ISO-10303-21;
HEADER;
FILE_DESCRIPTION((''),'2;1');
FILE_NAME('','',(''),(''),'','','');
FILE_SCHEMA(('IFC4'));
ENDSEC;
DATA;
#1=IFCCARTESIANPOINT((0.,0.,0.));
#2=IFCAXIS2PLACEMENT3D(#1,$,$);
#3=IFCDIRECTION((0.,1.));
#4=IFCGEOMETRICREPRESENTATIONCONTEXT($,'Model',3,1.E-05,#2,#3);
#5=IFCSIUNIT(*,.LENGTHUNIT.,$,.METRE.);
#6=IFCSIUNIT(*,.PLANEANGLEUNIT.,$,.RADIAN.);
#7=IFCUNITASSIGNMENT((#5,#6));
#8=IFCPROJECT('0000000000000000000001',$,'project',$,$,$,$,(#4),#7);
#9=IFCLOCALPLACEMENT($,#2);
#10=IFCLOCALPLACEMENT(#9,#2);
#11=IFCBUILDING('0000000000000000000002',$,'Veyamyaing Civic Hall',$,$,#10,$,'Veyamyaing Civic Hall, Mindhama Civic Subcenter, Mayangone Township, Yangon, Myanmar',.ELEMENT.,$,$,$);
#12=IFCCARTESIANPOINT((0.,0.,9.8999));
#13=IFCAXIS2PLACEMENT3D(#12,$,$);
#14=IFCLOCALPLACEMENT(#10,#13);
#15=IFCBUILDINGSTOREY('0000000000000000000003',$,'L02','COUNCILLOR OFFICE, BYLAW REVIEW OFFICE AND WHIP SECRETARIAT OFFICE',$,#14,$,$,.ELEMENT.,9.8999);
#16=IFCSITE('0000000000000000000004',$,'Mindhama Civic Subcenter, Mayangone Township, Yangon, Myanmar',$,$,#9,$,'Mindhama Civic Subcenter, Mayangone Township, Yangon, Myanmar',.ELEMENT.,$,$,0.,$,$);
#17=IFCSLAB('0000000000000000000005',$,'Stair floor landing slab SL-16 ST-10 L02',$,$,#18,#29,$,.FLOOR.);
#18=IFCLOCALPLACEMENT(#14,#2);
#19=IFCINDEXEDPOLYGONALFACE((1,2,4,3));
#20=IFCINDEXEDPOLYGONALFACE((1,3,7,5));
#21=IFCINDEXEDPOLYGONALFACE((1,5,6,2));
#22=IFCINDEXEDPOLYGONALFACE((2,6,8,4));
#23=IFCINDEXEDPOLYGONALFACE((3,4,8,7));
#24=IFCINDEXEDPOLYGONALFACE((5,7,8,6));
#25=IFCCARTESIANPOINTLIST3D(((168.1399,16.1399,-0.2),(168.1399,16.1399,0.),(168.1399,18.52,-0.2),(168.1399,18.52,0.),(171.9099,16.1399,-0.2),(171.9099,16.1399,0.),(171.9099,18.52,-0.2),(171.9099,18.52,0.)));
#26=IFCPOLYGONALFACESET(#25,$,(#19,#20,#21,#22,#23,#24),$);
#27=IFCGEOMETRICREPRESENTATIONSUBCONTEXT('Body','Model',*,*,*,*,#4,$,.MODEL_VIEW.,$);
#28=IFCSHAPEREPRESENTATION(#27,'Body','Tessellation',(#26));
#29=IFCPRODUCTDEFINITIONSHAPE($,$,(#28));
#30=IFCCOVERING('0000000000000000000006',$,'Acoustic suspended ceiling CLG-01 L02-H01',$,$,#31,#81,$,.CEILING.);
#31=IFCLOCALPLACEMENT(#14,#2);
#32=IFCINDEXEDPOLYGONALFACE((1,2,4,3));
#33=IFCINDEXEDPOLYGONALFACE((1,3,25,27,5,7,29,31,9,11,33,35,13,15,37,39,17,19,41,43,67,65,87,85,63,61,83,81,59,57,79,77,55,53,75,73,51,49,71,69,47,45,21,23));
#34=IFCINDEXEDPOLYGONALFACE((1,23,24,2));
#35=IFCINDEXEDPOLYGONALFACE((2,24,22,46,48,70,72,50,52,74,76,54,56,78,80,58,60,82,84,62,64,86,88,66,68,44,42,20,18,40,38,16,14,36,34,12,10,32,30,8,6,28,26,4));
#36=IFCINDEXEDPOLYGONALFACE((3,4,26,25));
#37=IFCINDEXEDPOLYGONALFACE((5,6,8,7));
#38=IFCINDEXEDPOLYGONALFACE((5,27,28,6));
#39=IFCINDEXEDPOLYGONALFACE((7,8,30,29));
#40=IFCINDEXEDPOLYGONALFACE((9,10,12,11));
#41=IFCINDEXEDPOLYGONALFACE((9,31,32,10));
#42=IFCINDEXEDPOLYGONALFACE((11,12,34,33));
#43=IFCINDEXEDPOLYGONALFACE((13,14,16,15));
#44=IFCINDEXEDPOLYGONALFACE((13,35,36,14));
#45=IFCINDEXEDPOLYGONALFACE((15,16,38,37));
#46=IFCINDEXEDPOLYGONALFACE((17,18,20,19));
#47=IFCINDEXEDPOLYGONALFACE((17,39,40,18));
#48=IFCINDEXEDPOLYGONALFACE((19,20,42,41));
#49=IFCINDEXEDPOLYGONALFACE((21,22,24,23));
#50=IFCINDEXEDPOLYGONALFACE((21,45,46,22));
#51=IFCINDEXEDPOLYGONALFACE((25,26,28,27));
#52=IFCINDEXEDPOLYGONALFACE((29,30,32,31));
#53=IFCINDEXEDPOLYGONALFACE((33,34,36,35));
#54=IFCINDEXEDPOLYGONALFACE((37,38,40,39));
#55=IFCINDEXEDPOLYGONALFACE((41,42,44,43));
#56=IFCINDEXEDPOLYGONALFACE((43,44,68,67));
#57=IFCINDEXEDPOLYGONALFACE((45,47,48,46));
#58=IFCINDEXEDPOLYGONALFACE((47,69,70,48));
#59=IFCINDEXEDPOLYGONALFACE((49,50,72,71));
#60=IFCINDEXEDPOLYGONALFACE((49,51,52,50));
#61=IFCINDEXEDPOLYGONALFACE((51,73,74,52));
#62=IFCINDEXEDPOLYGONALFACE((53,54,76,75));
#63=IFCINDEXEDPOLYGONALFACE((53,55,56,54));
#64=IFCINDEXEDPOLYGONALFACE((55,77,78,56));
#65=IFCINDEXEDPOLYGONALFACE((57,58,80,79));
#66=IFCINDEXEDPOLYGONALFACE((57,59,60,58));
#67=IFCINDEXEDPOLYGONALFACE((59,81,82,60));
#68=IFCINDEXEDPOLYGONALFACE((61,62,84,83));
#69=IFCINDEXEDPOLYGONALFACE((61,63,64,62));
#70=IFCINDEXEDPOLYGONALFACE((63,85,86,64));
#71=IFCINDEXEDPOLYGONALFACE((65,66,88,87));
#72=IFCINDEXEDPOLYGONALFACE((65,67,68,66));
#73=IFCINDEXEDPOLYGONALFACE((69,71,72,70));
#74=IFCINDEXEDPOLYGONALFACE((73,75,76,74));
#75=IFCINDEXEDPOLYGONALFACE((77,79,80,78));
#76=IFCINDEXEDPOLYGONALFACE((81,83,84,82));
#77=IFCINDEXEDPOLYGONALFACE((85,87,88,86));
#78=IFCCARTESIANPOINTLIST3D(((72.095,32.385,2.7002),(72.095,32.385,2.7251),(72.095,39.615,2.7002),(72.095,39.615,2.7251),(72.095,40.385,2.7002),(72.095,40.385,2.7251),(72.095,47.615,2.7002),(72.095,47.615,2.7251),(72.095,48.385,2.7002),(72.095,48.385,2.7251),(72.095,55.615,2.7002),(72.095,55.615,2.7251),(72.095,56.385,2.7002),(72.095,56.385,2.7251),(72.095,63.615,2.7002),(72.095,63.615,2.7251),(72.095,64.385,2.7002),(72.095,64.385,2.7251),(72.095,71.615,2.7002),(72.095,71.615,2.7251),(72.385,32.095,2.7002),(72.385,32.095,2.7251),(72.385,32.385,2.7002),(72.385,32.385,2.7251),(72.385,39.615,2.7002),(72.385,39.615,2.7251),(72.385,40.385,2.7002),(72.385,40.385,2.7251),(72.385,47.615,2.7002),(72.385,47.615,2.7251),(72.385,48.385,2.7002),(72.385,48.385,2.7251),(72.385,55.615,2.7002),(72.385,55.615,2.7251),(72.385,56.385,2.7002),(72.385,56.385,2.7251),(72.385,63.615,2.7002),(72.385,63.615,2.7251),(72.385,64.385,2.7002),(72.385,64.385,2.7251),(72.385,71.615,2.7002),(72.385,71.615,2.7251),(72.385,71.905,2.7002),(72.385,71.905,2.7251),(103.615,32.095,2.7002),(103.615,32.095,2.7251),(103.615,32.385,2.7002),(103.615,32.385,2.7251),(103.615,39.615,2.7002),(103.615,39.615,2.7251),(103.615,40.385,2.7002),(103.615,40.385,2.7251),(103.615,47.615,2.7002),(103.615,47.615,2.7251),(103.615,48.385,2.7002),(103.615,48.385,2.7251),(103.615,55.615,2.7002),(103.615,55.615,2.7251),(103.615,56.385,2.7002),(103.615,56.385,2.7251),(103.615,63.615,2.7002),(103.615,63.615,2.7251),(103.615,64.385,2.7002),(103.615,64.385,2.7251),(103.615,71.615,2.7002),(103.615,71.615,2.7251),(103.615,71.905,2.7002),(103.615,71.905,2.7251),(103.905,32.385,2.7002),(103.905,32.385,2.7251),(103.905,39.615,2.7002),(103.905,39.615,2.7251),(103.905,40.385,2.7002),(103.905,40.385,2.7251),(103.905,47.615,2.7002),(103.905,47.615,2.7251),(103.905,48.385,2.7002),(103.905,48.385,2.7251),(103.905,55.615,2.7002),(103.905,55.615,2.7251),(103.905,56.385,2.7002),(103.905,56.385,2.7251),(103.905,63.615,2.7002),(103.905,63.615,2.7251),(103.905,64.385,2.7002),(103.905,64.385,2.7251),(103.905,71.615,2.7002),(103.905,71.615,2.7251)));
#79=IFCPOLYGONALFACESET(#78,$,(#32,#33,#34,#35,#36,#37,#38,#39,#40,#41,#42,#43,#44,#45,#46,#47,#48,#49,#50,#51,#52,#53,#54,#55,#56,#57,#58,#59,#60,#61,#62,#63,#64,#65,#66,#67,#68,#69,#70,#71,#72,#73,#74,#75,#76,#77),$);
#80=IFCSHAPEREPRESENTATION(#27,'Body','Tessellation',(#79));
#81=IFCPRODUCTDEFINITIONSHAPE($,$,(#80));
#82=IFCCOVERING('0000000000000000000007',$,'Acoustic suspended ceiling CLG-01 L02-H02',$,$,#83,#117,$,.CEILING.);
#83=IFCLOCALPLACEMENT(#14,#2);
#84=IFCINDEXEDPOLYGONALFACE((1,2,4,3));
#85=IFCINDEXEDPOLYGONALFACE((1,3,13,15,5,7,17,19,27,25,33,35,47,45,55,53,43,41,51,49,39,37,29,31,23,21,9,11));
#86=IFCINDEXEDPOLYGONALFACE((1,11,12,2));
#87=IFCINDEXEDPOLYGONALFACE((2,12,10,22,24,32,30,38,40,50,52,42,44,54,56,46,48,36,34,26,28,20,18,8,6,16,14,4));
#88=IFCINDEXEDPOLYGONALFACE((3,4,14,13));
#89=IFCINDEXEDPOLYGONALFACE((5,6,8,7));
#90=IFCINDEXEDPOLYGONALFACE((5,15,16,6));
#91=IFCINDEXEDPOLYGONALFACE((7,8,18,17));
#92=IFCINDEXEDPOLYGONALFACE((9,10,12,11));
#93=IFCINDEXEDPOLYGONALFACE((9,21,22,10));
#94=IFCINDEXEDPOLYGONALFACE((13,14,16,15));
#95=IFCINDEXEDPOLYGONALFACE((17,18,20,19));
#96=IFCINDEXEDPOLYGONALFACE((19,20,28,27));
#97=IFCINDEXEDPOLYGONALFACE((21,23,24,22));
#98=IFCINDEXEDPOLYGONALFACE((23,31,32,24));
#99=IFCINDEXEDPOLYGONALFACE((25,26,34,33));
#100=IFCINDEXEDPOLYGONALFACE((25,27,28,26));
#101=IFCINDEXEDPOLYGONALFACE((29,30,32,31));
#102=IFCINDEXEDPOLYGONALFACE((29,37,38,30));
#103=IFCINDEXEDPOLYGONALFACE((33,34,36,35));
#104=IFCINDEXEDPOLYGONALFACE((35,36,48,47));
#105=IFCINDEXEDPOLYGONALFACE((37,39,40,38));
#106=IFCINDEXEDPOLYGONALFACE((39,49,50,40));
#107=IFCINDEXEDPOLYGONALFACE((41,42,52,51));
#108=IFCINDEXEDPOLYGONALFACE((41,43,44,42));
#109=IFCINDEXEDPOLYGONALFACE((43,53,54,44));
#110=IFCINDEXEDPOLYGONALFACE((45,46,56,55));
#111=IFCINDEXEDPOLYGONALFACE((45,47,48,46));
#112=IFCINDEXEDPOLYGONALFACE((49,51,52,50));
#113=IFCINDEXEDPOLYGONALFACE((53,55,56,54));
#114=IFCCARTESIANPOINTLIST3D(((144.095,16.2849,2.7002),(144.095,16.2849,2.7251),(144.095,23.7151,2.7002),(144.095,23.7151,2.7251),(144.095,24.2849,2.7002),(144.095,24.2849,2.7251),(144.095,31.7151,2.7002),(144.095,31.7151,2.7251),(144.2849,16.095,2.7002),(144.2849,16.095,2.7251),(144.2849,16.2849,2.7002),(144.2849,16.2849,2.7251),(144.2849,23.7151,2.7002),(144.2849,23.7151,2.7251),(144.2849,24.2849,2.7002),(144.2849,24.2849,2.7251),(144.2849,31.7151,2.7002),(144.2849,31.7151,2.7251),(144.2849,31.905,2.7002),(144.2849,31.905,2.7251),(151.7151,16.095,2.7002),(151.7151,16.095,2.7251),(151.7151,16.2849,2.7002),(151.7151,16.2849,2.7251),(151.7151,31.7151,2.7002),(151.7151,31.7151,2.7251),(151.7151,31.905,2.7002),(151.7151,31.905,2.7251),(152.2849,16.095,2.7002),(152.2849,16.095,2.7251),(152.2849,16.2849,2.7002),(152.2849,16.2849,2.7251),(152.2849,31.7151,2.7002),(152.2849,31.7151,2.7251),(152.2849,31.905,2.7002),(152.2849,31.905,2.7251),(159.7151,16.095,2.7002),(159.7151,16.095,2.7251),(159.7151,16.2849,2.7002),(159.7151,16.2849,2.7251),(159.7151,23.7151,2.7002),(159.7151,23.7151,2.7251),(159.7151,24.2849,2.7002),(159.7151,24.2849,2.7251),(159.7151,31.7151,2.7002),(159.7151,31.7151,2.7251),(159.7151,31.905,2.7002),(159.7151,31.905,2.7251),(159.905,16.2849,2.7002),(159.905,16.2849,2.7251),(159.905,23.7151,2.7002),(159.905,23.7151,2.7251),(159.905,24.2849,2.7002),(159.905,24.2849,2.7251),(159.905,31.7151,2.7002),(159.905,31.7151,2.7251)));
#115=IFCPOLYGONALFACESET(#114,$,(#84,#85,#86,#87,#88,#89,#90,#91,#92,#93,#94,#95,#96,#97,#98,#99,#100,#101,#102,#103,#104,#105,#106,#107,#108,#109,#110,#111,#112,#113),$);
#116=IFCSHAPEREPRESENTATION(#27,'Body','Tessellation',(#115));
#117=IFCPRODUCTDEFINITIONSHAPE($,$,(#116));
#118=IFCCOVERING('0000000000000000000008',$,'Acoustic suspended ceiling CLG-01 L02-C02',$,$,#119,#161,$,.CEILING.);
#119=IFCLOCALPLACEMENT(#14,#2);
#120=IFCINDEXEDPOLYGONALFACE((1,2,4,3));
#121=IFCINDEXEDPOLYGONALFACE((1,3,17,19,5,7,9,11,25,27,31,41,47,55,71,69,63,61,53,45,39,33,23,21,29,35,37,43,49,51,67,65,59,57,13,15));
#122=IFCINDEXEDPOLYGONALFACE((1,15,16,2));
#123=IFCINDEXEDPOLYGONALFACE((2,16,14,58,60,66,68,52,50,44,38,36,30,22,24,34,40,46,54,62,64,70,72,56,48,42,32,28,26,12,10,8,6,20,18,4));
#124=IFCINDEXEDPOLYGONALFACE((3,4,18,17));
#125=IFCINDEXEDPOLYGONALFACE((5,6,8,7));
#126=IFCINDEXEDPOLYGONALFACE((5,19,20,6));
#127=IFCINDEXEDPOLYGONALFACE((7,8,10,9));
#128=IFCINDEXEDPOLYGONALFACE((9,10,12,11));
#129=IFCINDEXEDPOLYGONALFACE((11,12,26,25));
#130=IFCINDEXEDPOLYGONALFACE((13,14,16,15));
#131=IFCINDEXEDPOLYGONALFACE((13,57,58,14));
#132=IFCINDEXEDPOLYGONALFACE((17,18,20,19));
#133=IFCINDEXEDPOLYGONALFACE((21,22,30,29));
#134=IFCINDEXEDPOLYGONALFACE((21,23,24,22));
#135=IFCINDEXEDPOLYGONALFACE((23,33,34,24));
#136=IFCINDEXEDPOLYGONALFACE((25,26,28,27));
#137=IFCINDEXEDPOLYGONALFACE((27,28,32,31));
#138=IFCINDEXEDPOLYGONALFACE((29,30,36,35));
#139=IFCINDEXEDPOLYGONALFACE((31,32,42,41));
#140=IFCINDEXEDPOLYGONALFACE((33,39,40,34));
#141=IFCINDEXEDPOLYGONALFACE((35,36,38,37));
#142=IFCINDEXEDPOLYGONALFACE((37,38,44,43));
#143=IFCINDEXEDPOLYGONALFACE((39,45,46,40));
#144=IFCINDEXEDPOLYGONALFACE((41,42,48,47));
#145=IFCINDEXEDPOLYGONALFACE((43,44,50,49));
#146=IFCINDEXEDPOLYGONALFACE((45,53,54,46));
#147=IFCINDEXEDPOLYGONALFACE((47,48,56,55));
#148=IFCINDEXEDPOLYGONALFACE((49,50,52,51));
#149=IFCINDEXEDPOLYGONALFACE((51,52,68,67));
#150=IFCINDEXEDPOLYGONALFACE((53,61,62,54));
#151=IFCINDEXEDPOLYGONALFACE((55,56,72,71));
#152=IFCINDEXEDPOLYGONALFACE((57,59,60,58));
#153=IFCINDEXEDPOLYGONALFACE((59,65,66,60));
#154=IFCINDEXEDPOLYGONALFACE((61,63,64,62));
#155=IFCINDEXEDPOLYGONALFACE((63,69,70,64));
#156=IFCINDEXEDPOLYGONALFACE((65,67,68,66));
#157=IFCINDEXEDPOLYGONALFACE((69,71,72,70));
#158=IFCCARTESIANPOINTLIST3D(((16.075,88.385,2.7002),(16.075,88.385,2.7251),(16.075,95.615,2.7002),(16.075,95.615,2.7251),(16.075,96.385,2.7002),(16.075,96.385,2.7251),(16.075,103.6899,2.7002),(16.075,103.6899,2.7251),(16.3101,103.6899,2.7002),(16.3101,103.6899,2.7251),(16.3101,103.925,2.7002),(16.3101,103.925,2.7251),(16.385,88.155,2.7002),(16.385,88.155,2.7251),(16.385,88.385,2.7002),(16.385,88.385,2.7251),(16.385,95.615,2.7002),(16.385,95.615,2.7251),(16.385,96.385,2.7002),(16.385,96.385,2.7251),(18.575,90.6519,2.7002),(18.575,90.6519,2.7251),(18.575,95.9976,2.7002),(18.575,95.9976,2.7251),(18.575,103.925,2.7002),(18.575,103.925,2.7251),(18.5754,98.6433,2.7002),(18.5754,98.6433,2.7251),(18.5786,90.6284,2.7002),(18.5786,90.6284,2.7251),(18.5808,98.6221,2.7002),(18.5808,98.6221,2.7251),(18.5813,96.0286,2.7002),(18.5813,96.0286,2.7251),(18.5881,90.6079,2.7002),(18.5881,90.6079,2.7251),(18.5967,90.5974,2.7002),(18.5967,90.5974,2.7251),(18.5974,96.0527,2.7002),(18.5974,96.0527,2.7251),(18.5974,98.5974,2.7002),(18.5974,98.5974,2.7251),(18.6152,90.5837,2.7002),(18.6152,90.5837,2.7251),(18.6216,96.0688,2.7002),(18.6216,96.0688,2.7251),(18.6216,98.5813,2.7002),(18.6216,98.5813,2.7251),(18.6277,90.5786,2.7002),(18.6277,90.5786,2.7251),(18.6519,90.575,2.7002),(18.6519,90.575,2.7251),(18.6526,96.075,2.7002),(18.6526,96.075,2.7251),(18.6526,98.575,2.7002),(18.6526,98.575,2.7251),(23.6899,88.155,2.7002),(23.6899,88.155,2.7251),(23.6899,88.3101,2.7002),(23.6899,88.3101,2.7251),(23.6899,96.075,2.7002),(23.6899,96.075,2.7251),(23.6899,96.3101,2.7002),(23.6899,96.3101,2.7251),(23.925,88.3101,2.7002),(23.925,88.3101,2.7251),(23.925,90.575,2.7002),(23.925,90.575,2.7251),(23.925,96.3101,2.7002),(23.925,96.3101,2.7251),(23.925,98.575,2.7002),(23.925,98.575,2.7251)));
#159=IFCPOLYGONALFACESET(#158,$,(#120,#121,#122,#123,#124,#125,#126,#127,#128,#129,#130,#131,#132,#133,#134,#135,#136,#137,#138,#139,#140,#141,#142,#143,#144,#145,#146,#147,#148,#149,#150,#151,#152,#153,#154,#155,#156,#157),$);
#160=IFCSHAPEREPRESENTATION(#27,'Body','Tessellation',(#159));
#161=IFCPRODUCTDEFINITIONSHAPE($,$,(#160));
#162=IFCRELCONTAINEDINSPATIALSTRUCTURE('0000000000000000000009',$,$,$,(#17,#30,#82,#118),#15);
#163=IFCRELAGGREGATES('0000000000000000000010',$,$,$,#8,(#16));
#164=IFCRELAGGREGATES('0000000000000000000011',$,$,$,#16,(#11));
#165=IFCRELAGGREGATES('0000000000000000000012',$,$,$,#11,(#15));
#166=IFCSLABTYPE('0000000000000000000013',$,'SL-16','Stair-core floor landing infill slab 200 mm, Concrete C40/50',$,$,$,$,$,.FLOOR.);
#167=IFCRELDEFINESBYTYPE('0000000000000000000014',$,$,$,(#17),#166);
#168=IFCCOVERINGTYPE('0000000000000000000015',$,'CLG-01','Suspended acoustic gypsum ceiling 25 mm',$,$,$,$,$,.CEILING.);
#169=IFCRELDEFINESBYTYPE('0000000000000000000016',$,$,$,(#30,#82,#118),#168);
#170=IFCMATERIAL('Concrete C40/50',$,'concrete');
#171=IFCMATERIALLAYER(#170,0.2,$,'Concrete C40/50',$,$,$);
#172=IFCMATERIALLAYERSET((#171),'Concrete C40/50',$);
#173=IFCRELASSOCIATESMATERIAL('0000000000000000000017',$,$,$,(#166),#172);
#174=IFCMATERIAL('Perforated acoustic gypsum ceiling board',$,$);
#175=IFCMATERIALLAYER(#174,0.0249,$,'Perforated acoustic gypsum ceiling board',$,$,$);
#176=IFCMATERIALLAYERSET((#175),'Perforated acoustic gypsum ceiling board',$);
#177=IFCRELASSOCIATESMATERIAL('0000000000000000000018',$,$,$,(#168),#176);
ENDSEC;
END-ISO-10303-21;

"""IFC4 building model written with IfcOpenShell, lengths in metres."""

from ifc_helpers import new_model, si_unit, direction, frame, origin, place, context, subcontext, project, spatial, polyline, outline, extrude, material, layer, layer_set, type_object, element, save


model = new_model("IFC4")

# Units and contexts
model_context = context("Model", 3, precision=1e-05, world=origin(), true_north=direction((0.0, 1.0)))
body_context = subcontext(model_context, "Body", "Model", "MODEL_VIEW")
ifc_project = project(units=[si_unit("LENGTHUNIT", "METRE"), si_unit("PLANEANGLEUNIT", "RADIAN")], contexts=[model_context])

# Site, building, storey
site_placement = place(None, origin())
site = spatial("IfcSite", under=ifc_project, at=site_placement, Name="Mindhama Civic Subcenter, Mayangone Township, Yangon, Myanmar", LongName="Mindhama Civic Subcenter, Mayangone Township, Yangon, Myanmar", CompositionType="ELEMENT", RefElevation=0.0)
building_placement = place(site_placement, origin())
building = spatial("IfcBuilding", under=site, at=building_placement, Name="Veyamyaing Civic Hall", LongName="Veyamyaing Civic Hall, Mindhama Civic Subcenter, Mayangone Township, Yangon, Myanmar", CompositionType="ELEMENT")
storey_placement = place(building_placement, frame((0.0, 0.0, 9.8999)))
storey = spatial("IfcBuildingStorey", under=building, at=storey_placement, Name="L02", Description="COUNCILLOR OFFICE, BYLAW REVIEW OFFICE AND WHIP SECRETARIAT OFFICE", CompositionType="ELEMENT", Elevation=9.8999)

# Slab
ifc_material_1 = material(Name="Concrete C40/50", Category="concrete")
ifc_layer_1 = layer(ifc_material_1, 0.2, Name="Concrete C40/50")
ifc_layer_set_1 = layer_set([ifc_layer_1], Name="Concrete C40/50")
slab_type = type_object("IfcSlabType", Name="SL-16", Description="Stair-core floor landing infill slab 200 mm, Concrete C40/50", PredefinedType="FLOOR", material=ifc_layer_set_1)
slab_placement = place(storey_placement, frame((0.0, 0.0, -0.2)))
element("IfcSlab", 1, at=slab_placement, inside=storey, type_object=slab_type, Name="Stair floor landing slab SL-16 ST-10 L02", PredefinedType="FLOOR", context=body_context, shape_type="SweptSolid", body=[
    extrude(outline(polyline([(168.1399, 16.1399), (171.9099, 16.1399), (171.9099, 18.52), (168.1399, 18.52), (168.1399, 16.1399)])), origin(), (0.0, 0.0, 1.0), 0.2),
])

# Coverings
ifc_material_2 = material(Name="Perforated acoustic gypsum ceiling board")
ifc_layer_2 = layer(ifc_material_2, 0.0249, Name="Perforated acoustic gypsum ceiling board")
ifc_layer_set_2 = layer_set([ifc_layer_2], Name="Perforated acoustic gypsum ceiling board")
covering_type_1 = type_object("IfcCoveringType", Name="CLG-01", Description="Suspended acoustic gypsum ceiling 25 mm", PredefinedType="CEILING", material=ifc_layer_set_2)
covering_1_placement = place(storey_placement, frame((0.0, 0.0, 2.7002)))
element("IfcCovering", 2, at=covering_1_placement, inside=storey, type_object=covering_type_1, Name="Acoustic suspended ceiling CLG-01 L02-H01", PredefinedType="CEILING", context=body_context, shape_type="SweptSolid", body=[
    extrude(outline(polyline([(103.615, 63.615), (103.905, 63.615), (103.905, 56.385), (103.615, 56.385), (103.615, 55.615), (103.905, 55.615), (103.905, 48.385), (103.615, 48.385), (103.615, 47.615), (103.905, 47.615), (103.905, 40.385), (103.615, 40.385), (103.615, 39.615), (103.905, 39.615), (103.905, 32.385), (103.615, 32.385), (103.615, 32.095), (72.385, 32.095), (72.385, 32.385), (72.095, 32.385), (72.095, 39.615), (72.385, 39.615), (72.385, 40.385), (72.095, 40.385), (72.095, 47.615), (72.385, 47.615), (72.385, 48.385), (72.095, 48.385), (72.095, 55.615), (72.385, 55.615), (72.385, 56.385), (72.095, 56.385), (72.095, 63.615), (72.385, 63.615), (72.385, 64.385), (72.095, 64.385), (72.095, 71.615), (72.385, 71.615), (72.385, 71.905), (103.615, 71.905), (103.615, 71.615), (103.905, 71.615), (103.905, 64.385), (103.615, 64.385), (103.615, 63.615)])), origin(), (0.0, 0.0, 1.0), 0.0249),
])
covering_2_placement = place(storey_placement, frame((0.0, 0.0, 2.7002)))
element("IfcCovering", 3, at=covering_2_placement, inside=storey, type_object=covering_type_1, Name="Acoustic suspended ceiling CLG-01 L02-H02", PredefinedType="CEILING", context=body_context, shape_type="SweptSolid", body=[
    extrude(outline(polyline([(159.7151, 23.7151), (159.905, 23.7151), (159.905, 16.2849), (159.7151, 16.2849), (159.7151, 16.095), (152.2849, 16.095), (152.2849, 16.2849), (151.7151, 16.2849), (151.7151, 16.095), (144.2849, 16.095), (144.2849, 16.2849), (144.095, 16.2849), (144.095, 23.7151), (144.2849, 23.7151), (144.2849, 24.2849), (144.095, 24.2849), (144.095, 31.7151), (144.2849, 31.7151), (144.2849, 31.905), (151.7151, 31.905), (151.7151, 31.7151), (152.2849, 31.7151), (152.2849, 31.905), (159.7151, 31.905), (159.7151, 31.7151), (159.905, 31.7151), (159.905, 24.2849), (159.7151, 24.2849), (159.7151, 23.7151)])), origin(), (0.0, 0.0, 1.0), 0.0249),
])
covering_3_placement = place(storey_placement, frame((0.0, 0.0, 2.7002)))
element("IfcCovering", 4, at=covering_3_placement, inside=storey, type_object=covering_type_1, Name="Acoustic suspended ceiling CLG-01 L02-C02", PredefinedType="CEILING", context=body_context, shape_type="SweptSolid", body=[
    extrude(outline(polyline([(18.5808, 98.6221), (18.5974, 98.5974), (18.6216, 98.5813), (18.6526, 98.575), (23.925, 98.575), (23.925, 96.3101), (23.6899, 96.3101), (23.6899, 96.075), (18.6526, 96.075), (18.6216, 96.0688), (18.5974, 96.0527), (18.5813, 96.0286), (18.575, 95.9976), (18.575, 90.6519), (18.5786, 90.6284), (18.5881, 90.6079), (18.5967, 90.5974), (18.6152, 90.5837), (18.6277, 90.5786), (18.6519, 90.575), (23.925, 90.575), (23.925, 88.3101), (23.6899, 88.3101), (23.6899, 88.155), (16.385, 88.155), (16.385, 88.385), (16.075, 88.385), (16.075, 95.615), (16.385, 95.615), (16.385, 96.385), (16.075, 96.385), (16.075, 103.6899), (16.3101, 103.6899), (16.3101, 103.925), (18.575, 103.925), (18.5754, 98.6433), (18.5808, 98.6221)])), origin(), (0.0, 0.0, 1.0), 0.0249),
])

save(model, "model.ifc")
